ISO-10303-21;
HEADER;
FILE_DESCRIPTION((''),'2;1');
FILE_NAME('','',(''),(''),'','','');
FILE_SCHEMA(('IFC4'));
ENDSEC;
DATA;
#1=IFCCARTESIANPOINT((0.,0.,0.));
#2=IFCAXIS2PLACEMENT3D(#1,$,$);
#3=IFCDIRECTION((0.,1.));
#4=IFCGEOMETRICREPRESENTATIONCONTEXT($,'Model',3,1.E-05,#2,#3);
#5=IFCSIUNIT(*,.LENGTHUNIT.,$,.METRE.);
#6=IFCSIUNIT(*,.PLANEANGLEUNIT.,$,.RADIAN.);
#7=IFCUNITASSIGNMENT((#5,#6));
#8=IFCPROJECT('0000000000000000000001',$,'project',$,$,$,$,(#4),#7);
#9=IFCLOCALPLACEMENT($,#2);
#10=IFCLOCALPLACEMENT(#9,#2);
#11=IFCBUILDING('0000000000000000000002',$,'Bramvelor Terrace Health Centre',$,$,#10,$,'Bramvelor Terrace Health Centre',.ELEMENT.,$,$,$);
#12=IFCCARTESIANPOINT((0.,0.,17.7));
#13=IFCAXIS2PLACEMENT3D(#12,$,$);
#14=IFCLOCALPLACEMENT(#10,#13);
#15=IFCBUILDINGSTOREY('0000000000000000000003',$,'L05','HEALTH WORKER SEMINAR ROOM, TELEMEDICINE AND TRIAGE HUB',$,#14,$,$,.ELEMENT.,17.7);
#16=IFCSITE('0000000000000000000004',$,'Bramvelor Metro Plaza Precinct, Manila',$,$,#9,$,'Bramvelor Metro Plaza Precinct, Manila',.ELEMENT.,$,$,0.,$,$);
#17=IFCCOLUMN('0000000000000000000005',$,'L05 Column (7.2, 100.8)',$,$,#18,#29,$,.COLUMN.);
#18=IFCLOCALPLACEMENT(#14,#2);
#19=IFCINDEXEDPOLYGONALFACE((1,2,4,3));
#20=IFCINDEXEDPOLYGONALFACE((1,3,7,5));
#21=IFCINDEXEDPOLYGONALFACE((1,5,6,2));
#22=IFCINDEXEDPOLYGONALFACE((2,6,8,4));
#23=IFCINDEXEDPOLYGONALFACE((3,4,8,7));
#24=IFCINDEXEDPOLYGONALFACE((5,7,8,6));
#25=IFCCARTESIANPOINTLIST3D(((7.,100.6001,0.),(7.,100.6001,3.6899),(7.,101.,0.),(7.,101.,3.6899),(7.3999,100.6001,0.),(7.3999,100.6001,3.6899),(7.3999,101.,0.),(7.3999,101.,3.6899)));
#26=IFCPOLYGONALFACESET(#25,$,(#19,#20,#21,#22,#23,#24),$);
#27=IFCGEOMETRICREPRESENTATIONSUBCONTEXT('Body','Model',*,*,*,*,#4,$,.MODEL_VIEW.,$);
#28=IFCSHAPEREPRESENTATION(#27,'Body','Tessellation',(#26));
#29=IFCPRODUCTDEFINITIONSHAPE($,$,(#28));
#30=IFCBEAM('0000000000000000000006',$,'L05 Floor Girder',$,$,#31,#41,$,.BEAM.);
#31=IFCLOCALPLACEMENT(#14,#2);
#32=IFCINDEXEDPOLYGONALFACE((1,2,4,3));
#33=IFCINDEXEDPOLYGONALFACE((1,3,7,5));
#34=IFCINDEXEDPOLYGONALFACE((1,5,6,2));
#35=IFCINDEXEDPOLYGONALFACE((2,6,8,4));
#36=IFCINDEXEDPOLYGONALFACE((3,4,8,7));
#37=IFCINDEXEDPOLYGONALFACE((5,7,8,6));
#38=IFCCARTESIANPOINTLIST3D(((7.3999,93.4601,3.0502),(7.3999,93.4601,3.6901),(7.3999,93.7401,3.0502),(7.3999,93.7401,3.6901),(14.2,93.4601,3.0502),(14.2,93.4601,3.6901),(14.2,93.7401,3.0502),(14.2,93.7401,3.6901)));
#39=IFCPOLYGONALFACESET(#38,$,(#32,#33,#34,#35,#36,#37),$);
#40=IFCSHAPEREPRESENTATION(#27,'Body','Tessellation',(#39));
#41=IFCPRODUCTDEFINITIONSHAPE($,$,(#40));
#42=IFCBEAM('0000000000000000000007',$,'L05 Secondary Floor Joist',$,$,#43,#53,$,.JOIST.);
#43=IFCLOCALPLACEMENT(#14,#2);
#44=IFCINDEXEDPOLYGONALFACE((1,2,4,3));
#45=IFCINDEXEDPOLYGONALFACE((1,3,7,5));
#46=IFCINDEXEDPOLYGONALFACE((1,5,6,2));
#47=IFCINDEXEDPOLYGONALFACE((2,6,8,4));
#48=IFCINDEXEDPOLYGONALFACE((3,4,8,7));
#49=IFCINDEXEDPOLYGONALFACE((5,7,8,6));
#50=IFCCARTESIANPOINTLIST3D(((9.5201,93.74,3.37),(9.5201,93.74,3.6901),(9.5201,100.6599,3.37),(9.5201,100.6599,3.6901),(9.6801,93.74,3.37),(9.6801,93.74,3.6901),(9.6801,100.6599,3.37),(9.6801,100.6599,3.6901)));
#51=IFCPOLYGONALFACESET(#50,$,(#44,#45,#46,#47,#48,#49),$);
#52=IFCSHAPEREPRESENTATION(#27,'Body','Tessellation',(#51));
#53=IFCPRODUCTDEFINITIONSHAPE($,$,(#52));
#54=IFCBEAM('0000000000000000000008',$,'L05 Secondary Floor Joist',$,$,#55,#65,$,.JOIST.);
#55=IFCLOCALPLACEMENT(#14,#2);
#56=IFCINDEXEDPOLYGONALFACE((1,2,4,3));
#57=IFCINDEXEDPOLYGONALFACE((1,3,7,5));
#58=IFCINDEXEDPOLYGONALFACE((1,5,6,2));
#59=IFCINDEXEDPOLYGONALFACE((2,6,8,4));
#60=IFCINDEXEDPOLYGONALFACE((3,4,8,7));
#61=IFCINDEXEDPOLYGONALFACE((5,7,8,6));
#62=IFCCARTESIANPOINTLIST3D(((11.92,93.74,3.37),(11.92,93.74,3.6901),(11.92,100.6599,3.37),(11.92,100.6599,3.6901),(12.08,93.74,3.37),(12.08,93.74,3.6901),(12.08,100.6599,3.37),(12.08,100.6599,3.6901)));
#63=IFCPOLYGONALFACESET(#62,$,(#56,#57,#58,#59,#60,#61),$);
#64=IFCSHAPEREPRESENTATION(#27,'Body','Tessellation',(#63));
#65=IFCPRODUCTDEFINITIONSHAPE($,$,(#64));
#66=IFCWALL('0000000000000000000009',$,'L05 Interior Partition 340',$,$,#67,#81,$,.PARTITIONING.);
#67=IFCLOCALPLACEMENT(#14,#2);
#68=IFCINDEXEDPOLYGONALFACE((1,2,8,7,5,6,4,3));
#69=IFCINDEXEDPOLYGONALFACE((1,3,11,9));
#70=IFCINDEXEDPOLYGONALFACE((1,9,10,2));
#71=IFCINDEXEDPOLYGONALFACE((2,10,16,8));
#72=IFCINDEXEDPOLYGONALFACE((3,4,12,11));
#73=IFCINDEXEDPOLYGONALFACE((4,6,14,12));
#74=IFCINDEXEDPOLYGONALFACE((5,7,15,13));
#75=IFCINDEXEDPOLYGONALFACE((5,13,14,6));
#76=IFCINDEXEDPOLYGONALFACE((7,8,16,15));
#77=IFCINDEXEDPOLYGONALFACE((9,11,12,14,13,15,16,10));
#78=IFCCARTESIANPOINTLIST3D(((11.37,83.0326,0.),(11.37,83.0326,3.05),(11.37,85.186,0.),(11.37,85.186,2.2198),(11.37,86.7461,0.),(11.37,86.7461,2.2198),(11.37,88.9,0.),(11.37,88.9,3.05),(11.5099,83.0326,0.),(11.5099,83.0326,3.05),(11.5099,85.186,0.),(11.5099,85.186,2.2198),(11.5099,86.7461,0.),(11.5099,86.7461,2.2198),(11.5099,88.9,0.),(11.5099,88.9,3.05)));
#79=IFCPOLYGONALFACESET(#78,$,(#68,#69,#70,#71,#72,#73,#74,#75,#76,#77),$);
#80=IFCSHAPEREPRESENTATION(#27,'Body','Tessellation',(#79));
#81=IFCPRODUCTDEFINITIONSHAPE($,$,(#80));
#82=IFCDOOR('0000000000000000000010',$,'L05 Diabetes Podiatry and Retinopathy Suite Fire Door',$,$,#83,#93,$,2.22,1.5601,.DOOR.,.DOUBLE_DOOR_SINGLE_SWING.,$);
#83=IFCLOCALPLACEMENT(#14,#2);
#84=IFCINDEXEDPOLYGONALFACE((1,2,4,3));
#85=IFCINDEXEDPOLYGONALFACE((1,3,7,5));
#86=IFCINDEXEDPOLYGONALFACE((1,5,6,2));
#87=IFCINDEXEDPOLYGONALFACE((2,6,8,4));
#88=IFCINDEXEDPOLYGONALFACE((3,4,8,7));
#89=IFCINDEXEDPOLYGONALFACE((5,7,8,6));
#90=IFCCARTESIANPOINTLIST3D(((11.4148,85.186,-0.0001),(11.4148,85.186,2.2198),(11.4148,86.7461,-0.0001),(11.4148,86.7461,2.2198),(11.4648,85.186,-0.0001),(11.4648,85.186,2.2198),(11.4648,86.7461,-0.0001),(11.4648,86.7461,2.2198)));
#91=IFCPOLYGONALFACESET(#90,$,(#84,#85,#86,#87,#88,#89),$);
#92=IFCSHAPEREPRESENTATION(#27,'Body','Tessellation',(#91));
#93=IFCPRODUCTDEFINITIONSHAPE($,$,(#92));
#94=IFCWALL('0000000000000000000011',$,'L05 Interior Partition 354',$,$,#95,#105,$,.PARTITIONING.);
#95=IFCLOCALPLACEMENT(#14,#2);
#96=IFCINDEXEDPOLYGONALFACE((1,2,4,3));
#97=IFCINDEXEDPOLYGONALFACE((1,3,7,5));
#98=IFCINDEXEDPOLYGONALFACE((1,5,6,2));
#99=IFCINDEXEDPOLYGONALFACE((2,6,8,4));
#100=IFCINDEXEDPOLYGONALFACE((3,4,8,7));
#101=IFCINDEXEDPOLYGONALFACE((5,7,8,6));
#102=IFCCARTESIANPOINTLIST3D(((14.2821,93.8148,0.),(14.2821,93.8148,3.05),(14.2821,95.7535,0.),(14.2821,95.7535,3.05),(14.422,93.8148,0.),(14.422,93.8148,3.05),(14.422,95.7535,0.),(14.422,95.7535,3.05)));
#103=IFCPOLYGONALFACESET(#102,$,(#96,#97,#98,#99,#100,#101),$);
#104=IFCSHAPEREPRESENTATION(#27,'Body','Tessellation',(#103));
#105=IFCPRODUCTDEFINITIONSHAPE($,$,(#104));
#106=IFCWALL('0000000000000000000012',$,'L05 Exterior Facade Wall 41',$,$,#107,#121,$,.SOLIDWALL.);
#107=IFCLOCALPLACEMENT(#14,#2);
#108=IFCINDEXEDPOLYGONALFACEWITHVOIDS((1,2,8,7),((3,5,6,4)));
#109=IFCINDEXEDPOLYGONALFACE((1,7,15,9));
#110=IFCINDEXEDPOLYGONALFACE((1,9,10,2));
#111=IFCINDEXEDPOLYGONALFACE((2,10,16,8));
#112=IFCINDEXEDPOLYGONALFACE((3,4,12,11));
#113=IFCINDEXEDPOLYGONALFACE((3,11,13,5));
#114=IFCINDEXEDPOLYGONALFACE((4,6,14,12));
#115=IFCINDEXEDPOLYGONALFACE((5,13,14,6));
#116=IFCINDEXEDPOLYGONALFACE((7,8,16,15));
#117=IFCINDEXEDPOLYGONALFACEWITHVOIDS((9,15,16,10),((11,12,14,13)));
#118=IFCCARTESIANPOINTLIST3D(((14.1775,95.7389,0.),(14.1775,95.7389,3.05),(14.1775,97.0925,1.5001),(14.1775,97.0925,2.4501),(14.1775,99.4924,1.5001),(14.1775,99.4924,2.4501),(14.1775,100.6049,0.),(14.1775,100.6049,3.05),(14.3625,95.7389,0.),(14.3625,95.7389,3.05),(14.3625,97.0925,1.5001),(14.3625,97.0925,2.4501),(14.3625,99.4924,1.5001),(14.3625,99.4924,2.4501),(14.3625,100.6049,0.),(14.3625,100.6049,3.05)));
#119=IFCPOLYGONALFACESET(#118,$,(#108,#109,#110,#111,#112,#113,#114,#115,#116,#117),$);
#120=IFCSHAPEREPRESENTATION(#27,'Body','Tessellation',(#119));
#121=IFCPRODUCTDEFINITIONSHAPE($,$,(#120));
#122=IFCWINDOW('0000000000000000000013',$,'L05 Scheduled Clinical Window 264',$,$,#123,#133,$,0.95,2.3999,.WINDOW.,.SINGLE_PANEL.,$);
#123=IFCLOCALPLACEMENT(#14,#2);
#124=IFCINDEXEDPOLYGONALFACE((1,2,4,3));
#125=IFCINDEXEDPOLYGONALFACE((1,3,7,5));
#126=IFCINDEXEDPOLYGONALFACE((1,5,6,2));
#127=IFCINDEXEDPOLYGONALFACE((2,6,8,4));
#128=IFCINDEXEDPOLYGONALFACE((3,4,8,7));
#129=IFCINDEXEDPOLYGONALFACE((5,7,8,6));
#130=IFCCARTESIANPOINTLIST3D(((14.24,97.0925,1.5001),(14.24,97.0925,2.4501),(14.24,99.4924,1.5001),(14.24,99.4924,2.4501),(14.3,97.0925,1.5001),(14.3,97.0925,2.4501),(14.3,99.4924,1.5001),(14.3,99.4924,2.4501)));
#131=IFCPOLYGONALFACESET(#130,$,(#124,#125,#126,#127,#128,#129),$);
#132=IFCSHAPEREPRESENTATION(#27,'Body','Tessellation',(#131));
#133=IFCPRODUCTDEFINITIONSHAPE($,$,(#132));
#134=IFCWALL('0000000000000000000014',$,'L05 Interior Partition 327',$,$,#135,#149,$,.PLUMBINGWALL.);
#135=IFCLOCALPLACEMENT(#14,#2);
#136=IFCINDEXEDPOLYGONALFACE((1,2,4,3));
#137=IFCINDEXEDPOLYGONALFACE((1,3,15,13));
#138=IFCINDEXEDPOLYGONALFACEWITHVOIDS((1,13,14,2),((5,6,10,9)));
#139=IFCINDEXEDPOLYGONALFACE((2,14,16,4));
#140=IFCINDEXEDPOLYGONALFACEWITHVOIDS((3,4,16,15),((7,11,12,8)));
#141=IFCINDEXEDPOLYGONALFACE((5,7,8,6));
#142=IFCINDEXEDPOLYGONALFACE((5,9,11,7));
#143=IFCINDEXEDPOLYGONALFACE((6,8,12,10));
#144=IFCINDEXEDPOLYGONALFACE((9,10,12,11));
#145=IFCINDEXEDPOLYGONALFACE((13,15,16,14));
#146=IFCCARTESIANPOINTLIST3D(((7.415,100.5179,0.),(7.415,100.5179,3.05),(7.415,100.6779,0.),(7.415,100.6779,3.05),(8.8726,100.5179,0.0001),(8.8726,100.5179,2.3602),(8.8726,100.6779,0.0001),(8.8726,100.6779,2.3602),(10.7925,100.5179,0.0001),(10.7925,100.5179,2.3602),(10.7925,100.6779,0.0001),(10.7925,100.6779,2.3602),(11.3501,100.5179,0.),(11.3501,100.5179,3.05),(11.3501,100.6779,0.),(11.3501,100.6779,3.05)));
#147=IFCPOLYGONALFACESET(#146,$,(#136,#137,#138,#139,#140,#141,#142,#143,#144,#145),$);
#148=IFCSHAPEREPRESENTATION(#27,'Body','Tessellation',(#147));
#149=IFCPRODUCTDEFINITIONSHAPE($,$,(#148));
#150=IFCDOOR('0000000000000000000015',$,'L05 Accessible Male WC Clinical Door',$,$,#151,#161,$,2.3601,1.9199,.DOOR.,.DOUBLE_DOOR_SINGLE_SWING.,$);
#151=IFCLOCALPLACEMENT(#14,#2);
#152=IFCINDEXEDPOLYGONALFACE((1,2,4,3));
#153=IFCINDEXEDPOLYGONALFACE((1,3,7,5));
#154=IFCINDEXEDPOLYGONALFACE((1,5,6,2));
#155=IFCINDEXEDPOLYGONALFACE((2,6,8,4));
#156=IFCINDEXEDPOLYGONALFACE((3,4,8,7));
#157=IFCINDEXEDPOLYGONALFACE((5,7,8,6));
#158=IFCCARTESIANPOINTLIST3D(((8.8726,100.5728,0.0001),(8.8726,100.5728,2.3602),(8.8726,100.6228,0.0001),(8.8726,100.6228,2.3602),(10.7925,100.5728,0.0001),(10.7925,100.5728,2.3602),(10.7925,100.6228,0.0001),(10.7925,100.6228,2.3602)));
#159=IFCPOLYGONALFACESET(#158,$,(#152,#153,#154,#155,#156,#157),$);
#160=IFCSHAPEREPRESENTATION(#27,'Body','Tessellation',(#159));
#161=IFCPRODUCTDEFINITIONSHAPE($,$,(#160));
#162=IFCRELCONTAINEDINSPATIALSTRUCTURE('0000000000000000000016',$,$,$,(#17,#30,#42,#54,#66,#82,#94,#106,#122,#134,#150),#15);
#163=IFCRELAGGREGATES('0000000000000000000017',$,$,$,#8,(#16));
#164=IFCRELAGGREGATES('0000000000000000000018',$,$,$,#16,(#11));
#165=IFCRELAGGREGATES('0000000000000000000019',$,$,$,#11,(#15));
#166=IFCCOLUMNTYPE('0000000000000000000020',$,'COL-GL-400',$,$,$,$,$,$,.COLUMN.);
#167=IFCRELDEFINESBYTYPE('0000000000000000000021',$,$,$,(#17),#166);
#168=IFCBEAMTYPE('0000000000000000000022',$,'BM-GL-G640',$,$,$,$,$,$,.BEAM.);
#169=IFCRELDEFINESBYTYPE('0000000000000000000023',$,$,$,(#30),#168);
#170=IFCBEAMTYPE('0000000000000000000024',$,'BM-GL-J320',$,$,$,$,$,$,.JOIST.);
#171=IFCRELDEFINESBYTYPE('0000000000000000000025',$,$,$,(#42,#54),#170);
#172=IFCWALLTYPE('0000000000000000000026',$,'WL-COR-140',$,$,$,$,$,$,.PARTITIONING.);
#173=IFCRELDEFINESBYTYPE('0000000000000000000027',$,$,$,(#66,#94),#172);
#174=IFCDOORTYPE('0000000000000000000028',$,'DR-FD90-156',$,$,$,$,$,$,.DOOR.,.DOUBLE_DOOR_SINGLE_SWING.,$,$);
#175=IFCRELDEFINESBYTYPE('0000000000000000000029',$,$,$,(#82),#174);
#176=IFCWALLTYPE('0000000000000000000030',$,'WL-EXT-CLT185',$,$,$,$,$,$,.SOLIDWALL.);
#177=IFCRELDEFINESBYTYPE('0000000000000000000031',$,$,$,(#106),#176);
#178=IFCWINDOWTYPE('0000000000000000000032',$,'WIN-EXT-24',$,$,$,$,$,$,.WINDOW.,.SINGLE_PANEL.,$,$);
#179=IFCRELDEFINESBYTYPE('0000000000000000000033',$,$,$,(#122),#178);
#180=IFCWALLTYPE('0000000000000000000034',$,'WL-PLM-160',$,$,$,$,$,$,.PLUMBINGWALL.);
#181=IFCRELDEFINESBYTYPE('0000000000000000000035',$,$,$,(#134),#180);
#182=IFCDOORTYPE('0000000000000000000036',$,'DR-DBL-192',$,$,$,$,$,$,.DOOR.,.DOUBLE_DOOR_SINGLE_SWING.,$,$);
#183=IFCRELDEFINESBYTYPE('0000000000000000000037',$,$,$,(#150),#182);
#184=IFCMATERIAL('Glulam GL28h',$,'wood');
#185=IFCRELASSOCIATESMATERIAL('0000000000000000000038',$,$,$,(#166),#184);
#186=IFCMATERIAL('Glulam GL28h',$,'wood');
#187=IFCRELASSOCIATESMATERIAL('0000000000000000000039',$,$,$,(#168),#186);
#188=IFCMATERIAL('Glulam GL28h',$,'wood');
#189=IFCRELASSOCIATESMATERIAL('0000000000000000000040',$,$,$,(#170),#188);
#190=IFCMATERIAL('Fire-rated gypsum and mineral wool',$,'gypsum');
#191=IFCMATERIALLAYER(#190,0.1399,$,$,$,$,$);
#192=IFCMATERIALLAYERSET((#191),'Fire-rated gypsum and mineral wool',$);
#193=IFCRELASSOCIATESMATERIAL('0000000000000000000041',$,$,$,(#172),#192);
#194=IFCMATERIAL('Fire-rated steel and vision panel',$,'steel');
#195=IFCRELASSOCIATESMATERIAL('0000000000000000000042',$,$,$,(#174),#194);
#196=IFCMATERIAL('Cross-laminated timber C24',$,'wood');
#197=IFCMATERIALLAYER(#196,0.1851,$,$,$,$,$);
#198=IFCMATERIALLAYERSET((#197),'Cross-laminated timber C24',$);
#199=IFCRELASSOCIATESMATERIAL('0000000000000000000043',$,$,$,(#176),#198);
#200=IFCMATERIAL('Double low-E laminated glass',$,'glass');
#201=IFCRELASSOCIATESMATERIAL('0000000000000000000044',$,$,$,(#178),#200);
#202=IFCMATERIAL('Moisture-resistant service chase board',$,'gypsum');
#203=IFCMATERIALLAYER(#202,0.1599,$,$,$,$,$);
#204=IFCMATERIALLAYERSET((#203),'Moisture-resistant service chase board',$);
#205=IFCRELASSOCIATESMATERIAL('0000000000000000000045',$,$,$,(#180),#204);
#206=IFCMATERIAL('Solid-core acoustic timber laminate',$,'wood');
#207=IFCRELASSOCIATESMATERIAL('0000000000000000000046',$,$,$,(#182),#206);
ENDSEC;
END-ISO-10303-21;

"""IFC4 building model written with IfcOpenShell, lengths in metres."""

from ifc_helpers import new_model, si_unit, direction, frame, frame_2d, origin, origin_2d, place, context, subcontext, project, spatial, rectangle, extrude, material, layer, layer_set, material_profile, profile_set, type_object, element, fill, save


model = new_model("IFC4")

# Units and contexts
model_context = context("Model", 3, precision=1e-05, world=origin(), true_north=direction((0.0, 1.0)))
body_context = subcontext(model_context, "Body", "Model", "MODEL_VIEW")
ifc_project = project(units=[si_unit("LENGTHUNIT", "METRE"), si_unit("PLANEANGLEUNIT", "RADIAN")], contexts=[model_context])

# Site, building, storey
site_placement = place(None, origin())
site = spatial("IfcSite", under=ifc_project, at=site_placement, Name="Bramvelor Metro Plaza Precinct, Manila", LongName="Bramvelor Metro Plaza Precinct, Manila", CompositionType="ELEMENT", RefElevation=0.0)
building_placement = place(site_placement, origin())
building = spatial("IfcBuilding", under=site, at=building_placement, Name="Bramvelor Terrace Health Centre", LongName="Bramvelor Terrace Health Centre", CompositionType="ELEMENT")
storey_placement = place(building_placement, frame((0.0, 0.0, 17.7)))
storey = spatial("IfcBuildingStorey", under=building, at=storey_placement, Name="L05", Description="HEALTH WORKER SEMINAR ROOM, TELEMEDICINE AND TRIAGE HUB", CompositionType="ELEMENT", Elevation=17.7)

# Column
ifc_material_1 = material(Name="Glulam GL28h", Category="wood")
ifc_material_profile_1 = material_profile(ifc_material_1, rectangle(XDim=0.3999, YDim=0.3999, at=origin_2d()), Name="GL 400x400")
ifc_profile_set_1 = profile_set([ifc_material_profile_1], Name="Glulam GL28h")
column_type = type_object("IfcColumnType", Name="COL-GL-400", PredefinedType="COLUMN", material=ifc_profile_set_1)
column_placement = place(storey_placement, frame((7.2, 100.8, 0.0), z_axis=(0.0, 0.0, 1.0), x_axis=(1.0, 0.0, 0.0)))
element("IfcColumn", 1, at=column_placement, inside=storey, type_object=column_type, Name="L05 Column (7.2, 100.8)", PredefinedType="COLUMN", context=body_context, shape_type="SweptSolid", body=[
    extrude(rectangle(XDim=0.3999, YDim=0.3999, at=origin_2d()), origin(), (0.0, 0.0, 1.0), 3.6899),
])

# Beams
ifc_material_2 = material(Name="Glulam GL28h", Category="wood")
ifc_material_profile_2 = material_profile(ifc_material_2, rectangle(XDim=0.28, YDim=0.6399, at=origin_2d()), Name="GL 280x640")
ifc_profile_set_2 = profile_set([ifc_material_profile_2], Name="Glulam GL28h")
beam_type_1 = type_object("IfcBeamType", Name="BM-GL-G640", PredefinedType="BEAM", material=ifc_profile_set_2)
beam_placement = place(storey_placement, frame((7.3999, 93.6001, 3.3701), z_axis=(1.0, 0.0, 0.0), x_axis=(0.0, 1.0, 0.0)))
element("IfcBeam", 2, at=beam_placement, inside=storey, type_object=beam_type_1, Name="L05 Floor Girder", PredefinedType="BEAM", context=body_context, shape_type="SweptSolid", body=[
    extrude(rectangle(XDim=0.28, YDim=0.6399, at=origin_2d()), origin(), (0.0, 0.0, 1.0), 6.8),
])
ifc_material_3 = material(Name="Glulam GL28h", Category="wood")
ifc_material_profile_3 = material_profile(ifc_material_3, rectangle(XDim=0.1599, YDim=0.3201, at=origin_2d()), Name="GL 160x320")
ifc_profile_set_3 = profile_set([ifc_material_profile_3], Name="Glulam GL28h")
beam_type_2 = type_object("IfcBeamType", Name="BM-GL-J320", PredefinedType="JOIST", material=ifc_profile_set_3)
for number, where, z_axis, x_axis, name in (
    (3, (9.6001, 93.74, 3.53), (0.0, 1.0, 0.0), (-1.0, 0.0, 0.0), "L05 Secondary Floor Joist"),
    (4, (12.0, 93.74, 3.53), (0.0, 1.0, 0.0), (-1.0, 0.0, 0.0), "L05 Secondary Floor Joist"),
):
    element("IfcBeam", number, at=place(storey_placement, frame(where, z_axis=z_axis, x_axis=x_axis)), inside=storey, type_object=beam_type_2, Name=name, PredefinedType="JOIST", context=body_context, shape_type="SweptSolid", body=[
        extrude(rectangle(XDim=0.1599, YDim=0.3201, at=origin_2d()), origin(), (0.0, 0.0, 1.0), 6.9199),
    ])

# Wall, opening, door
ifc_material_4 = material(Name="Fire-rated gypsum and mineral wool", Category="gypsum")
ifc_layer_1 = layer(ifc_material_4, 0.1399)
ifc_layer_set_1 = layer_set([ifc_layer_1], Name="Fire-rated gypsum and mineral wool")
wall_type_1 = type_object("IfcWallType", Name="WL-COR-140", PredefinedType="PARTITIONING", material=ifc_layer_set_1)
wall_1_placement = place(storey_placement, frame((11.4399, 88.8999, 0.0), z_axis=(0.0, 0.0, 1.0), x_axis=(0.0, -1.0, 0.0)))
wall_1 = element("IfcWall", 5, at=wall_1_placement, inside=storey, type_object=wall_type_1, Name="L05 Interior Partition 340", PredefinedType="PARTITIONING", context=body_context, shape_type="SweptSolid", body=[
    extrude(rectangle(XDim=5.8674, YDim=0.1399, at=frame_2d((2.9336, 0.0))), origin(), (0.0, 0.0, 1.0), 3.05),
])
opening_1_placement = place(wall_1_placement, frame((2.1538, 0.0, 0.0)))
opening_1 = element("IfcOpeningElement", 6, at=opening_1_placement, cuts=wall_1, PredefinedType="OPENING", context=body_context, shape_type="SweptSolid", body=[
    extrude(rectangle(XDim=1.5601, YDim=2.22, at=frame_2d((0.78, 1.1099))), frame((0.0, 0.0798, 0.0), z_axis=(0.0, -1.0, 0.0), x_axis=(1.0, 0.0, 0.0)), (0.0, 0.0, 1.0), 0.1599),
])
ifc_material_5 = material(Name="Fire-rated steel and vision panel", Category="steel")
door_type_1 = type_object("IfcDoorType", Name="DR-FD90-156", OperationType="DOUBLE_DOOR_SINGLE_SWING", PredefinedType="DOOR", material=ifc_material_5)
door_1_placement = place(opening_1_placement, origin())
door_1 = element("IfcDoor", 7, at=door_1_placement, inside=storey, type_object=door_type_1, Name="L05 Diabetes Podiatry and Retinopathy Suite Fire Door", OperationType="DOUBLE_DOOR_SINGLE_SWING", OverallHeight=2.22, OverallWidth=1.5601, PredefinedType="DOOR", context=body_context, shape_type="SweptSolid", body=[
    extrude(rectangle(XDim=1.5601, YDim=2.22, at=frame_2d((0.78, 1.1099))), frame((0.0, 0.0249, 0.0), z_axis=(0.0, -1.0, 0.0), x_axis=(1.0, 0.0, 0.0)), (0.0, 0.0, 1.0), 0.05),
])
fill(opening_1, door_1)

# Wall
wall_2_placement = place(storey_placement, frame((14.3521, 93.8149, 0.0), z_axis=(0.0, 0.0, 1.0), x_axis=(0.0, 1.0, 0.0)))
element("IfcWall", 8, at=wall_2_placement, inside=storey, type_object=wall_type_1, Name="L05 Interior Partition 354", PredefinedType="PARTITIONING", context=body_context, shape_type="SweptSolid", body=[
    extrude(rectangle(XDim=1.9387, YDim=0.1399, at=frame_2d((0.9692, 0.0))), origin(), (0.0, 0.0, 1.0), 3.05),
])

# Wall, opening, window
ifc_material_6 = material(Name="Cross-laminated timber C24", Category="wood")
ifc_layer_2 = layer(ifc_material_6, 0.1851)
ifc_layer_set_2 = layer_set([ifc_layer_2], Name="Cross-laminated timber C24")
wall_type_2 = type_object("IfcWallType", Name="WL-EXT-CLT185", PredefinedType="SOLIDWALL", material=ifc_layer_set_2)
wall_3_placement = place(storey_placement, frame((14.27, 100.605, 0.0), z_axis=(0.0, 0.0, 1.0), x_axis=(0.0, -1.0, 0.0)))
wall_3 = element("IfcWall", 9, at=wall_3_placement, inside=storey, type_object=wall_type_2, Name="L05 Exterior Facade Wall 41", PredefinedType="SOLIDWALL", context=body_context, shape_type="SweptSolid", body=[
    extrude(rectangle(XDim=4.866, YDim=0.1851, at=frame_2d((2.4331, 0.0))), origin(), (0.0, 0.0, 1.0), 3.05),
])
opening_2_placement = place(wall_3_placement, frame((1.1125, 0.0, 1.5)))
opening_2 = element("IfcOpeningElement", 10, at=opening_2_placement, cuts=wall_3, PredefinedType="OPENING", context=body_context, shape_type="SweptSolid", body=[
    extrude(rectangle(XDim=2.3999, YDim=0.95, at=frame_2d((1.2, 0.4751))), frame((0.0, 0.1025, 0.0), z_axis=(0.0, -1.0, 0.0), x_axis=(1.0, 0.0, 0.0)), (0.0, 0.0, 1.0), 0.2051),
])
ifc_material_7 = material(Name="Double low-E laminated glass", Category="glass")
window_type = type_object("IfcWindowType", Name="WIN-EXT-24", PartitioningType="SINGLE_PANEL", PredefinedType="WINDOW", material=ifc_material_7)
window_placement = place(opening_2_placement, origin())
window = element("IfcWindow", 11, at=window_placement, inside=storey, type_object=window_type, Name="L05 Scheduled Clinical Window 264", OverallHeight=0.95, OverallWidth=2.3999, PartitioningType="SINGLE_PANEL", PredefinedType="WINDOW", context=body_context, shape_type="SweptSolid", body=[
    extrude(rectangle(XDim=2.3999, YDim=0.95, at=frame_2d((1.2, 0.4751))), frame((0.0, 0.03, 0.0), z_axis=(0.0, -1.0, 0.0), x_axis=(1.0, 0.0, 0.0)), (0.0, 0.0, 1.0), 0.0601),
])
fill(opening_2, window)

# Wall, opening, door
ifc_material_8 = material(Name="Moisture-resistant service chase board", Category="gypsum")
ifc_layer_3 = layer(ifc_material_8, 0.1599)
ifc_layer_set_3 = layer_set([ifc_layer_3], Name="Moisture-resistant service chase board")
wall_type_3 = type_object("IfcWallType", Name="WL-PLM-160", PredefinedType="PLUMBINGWALL", material=ifc_layer_set_3)
wall_4_placement = place(storey_placement, frame((7.415, 100.5979, 0.0), z_axis=(0.0, 0.0, 1.0), x_axis=(1.0, 0.0, 0.0)))
wall_4 = element("IfcWall", 12, at=wall_4_placement, inside=storey, type_object=wall_type_3, Name="L05 Interior Partition 327", PredefinedType="PLUMBINGWALL", context=body_context, shape_type="SweptSolid", body=[
    extrude(rectangle(XDim=3.9351, YDim=0.1599, at=frame_2d((1.9675, 0.0))), origin(), (0.0, 0.0, 1.0), 3.05),
])
opening_3_placement = place(wall_4_placement, frame((1.4575, 0.0, 0.0)))
opening_3 = element("IfcOpeningElement", 13, at=opening_3_placement, cuts=wall_4, PredefinedType="OPENING", context=body_context, shape_type="SweptSolid", body=[
    extrude(rectangle(XDim=1.9199, YDim=2.3601, at=frame_2d((0.96, 1.1802))), frame((0.0, 0.0898, 0.0), z_axis=(0.0, -1.0, 0.0), x_axis=(1.0, 0.0, 0.0)), (0.0, 0.0, 1.0), 0.1799),
])
ifc_material_9 = material(Name="Solid-core acoustic timber laminate", Category="wood")
door_type_2 = type_object("IfcDoorType", Name="DR-DBL-192", OperationType="DOUBLE_DOOR_SINGLE_SWING", PredefinedType="DOOR", material=ifc_material_9)
door_2_placement = place(opening_3_placement, origin())
door_2 = element("IfcDoor", 14, at=door_2_placement, inside=storey, type_object=door_type_2, Name="L05 Accessible Male WC Clinical Door", OperationType="DOUBLE_DOOR_SINGLE_SWING", OverallHeight=2.3601, OverallWidth=1.9199, PredefinedType="DOOR", context=body_context, shape_type="SweptSolid", body=[
    extrude(rectangle(XDim=1.9199, YDim=2.3601, at=frame_2d((0.96, 1.1802))), frame((0.0, 0.0249, 0.0), z_axis=(0.0, -1.0, 0.0), x_axis=(1.0, 0.0, 0.0)), (0.0, 0.0, 1.0), 0.05),
])
fill(opening_3, door_2)

save(model, "model.ifc")
